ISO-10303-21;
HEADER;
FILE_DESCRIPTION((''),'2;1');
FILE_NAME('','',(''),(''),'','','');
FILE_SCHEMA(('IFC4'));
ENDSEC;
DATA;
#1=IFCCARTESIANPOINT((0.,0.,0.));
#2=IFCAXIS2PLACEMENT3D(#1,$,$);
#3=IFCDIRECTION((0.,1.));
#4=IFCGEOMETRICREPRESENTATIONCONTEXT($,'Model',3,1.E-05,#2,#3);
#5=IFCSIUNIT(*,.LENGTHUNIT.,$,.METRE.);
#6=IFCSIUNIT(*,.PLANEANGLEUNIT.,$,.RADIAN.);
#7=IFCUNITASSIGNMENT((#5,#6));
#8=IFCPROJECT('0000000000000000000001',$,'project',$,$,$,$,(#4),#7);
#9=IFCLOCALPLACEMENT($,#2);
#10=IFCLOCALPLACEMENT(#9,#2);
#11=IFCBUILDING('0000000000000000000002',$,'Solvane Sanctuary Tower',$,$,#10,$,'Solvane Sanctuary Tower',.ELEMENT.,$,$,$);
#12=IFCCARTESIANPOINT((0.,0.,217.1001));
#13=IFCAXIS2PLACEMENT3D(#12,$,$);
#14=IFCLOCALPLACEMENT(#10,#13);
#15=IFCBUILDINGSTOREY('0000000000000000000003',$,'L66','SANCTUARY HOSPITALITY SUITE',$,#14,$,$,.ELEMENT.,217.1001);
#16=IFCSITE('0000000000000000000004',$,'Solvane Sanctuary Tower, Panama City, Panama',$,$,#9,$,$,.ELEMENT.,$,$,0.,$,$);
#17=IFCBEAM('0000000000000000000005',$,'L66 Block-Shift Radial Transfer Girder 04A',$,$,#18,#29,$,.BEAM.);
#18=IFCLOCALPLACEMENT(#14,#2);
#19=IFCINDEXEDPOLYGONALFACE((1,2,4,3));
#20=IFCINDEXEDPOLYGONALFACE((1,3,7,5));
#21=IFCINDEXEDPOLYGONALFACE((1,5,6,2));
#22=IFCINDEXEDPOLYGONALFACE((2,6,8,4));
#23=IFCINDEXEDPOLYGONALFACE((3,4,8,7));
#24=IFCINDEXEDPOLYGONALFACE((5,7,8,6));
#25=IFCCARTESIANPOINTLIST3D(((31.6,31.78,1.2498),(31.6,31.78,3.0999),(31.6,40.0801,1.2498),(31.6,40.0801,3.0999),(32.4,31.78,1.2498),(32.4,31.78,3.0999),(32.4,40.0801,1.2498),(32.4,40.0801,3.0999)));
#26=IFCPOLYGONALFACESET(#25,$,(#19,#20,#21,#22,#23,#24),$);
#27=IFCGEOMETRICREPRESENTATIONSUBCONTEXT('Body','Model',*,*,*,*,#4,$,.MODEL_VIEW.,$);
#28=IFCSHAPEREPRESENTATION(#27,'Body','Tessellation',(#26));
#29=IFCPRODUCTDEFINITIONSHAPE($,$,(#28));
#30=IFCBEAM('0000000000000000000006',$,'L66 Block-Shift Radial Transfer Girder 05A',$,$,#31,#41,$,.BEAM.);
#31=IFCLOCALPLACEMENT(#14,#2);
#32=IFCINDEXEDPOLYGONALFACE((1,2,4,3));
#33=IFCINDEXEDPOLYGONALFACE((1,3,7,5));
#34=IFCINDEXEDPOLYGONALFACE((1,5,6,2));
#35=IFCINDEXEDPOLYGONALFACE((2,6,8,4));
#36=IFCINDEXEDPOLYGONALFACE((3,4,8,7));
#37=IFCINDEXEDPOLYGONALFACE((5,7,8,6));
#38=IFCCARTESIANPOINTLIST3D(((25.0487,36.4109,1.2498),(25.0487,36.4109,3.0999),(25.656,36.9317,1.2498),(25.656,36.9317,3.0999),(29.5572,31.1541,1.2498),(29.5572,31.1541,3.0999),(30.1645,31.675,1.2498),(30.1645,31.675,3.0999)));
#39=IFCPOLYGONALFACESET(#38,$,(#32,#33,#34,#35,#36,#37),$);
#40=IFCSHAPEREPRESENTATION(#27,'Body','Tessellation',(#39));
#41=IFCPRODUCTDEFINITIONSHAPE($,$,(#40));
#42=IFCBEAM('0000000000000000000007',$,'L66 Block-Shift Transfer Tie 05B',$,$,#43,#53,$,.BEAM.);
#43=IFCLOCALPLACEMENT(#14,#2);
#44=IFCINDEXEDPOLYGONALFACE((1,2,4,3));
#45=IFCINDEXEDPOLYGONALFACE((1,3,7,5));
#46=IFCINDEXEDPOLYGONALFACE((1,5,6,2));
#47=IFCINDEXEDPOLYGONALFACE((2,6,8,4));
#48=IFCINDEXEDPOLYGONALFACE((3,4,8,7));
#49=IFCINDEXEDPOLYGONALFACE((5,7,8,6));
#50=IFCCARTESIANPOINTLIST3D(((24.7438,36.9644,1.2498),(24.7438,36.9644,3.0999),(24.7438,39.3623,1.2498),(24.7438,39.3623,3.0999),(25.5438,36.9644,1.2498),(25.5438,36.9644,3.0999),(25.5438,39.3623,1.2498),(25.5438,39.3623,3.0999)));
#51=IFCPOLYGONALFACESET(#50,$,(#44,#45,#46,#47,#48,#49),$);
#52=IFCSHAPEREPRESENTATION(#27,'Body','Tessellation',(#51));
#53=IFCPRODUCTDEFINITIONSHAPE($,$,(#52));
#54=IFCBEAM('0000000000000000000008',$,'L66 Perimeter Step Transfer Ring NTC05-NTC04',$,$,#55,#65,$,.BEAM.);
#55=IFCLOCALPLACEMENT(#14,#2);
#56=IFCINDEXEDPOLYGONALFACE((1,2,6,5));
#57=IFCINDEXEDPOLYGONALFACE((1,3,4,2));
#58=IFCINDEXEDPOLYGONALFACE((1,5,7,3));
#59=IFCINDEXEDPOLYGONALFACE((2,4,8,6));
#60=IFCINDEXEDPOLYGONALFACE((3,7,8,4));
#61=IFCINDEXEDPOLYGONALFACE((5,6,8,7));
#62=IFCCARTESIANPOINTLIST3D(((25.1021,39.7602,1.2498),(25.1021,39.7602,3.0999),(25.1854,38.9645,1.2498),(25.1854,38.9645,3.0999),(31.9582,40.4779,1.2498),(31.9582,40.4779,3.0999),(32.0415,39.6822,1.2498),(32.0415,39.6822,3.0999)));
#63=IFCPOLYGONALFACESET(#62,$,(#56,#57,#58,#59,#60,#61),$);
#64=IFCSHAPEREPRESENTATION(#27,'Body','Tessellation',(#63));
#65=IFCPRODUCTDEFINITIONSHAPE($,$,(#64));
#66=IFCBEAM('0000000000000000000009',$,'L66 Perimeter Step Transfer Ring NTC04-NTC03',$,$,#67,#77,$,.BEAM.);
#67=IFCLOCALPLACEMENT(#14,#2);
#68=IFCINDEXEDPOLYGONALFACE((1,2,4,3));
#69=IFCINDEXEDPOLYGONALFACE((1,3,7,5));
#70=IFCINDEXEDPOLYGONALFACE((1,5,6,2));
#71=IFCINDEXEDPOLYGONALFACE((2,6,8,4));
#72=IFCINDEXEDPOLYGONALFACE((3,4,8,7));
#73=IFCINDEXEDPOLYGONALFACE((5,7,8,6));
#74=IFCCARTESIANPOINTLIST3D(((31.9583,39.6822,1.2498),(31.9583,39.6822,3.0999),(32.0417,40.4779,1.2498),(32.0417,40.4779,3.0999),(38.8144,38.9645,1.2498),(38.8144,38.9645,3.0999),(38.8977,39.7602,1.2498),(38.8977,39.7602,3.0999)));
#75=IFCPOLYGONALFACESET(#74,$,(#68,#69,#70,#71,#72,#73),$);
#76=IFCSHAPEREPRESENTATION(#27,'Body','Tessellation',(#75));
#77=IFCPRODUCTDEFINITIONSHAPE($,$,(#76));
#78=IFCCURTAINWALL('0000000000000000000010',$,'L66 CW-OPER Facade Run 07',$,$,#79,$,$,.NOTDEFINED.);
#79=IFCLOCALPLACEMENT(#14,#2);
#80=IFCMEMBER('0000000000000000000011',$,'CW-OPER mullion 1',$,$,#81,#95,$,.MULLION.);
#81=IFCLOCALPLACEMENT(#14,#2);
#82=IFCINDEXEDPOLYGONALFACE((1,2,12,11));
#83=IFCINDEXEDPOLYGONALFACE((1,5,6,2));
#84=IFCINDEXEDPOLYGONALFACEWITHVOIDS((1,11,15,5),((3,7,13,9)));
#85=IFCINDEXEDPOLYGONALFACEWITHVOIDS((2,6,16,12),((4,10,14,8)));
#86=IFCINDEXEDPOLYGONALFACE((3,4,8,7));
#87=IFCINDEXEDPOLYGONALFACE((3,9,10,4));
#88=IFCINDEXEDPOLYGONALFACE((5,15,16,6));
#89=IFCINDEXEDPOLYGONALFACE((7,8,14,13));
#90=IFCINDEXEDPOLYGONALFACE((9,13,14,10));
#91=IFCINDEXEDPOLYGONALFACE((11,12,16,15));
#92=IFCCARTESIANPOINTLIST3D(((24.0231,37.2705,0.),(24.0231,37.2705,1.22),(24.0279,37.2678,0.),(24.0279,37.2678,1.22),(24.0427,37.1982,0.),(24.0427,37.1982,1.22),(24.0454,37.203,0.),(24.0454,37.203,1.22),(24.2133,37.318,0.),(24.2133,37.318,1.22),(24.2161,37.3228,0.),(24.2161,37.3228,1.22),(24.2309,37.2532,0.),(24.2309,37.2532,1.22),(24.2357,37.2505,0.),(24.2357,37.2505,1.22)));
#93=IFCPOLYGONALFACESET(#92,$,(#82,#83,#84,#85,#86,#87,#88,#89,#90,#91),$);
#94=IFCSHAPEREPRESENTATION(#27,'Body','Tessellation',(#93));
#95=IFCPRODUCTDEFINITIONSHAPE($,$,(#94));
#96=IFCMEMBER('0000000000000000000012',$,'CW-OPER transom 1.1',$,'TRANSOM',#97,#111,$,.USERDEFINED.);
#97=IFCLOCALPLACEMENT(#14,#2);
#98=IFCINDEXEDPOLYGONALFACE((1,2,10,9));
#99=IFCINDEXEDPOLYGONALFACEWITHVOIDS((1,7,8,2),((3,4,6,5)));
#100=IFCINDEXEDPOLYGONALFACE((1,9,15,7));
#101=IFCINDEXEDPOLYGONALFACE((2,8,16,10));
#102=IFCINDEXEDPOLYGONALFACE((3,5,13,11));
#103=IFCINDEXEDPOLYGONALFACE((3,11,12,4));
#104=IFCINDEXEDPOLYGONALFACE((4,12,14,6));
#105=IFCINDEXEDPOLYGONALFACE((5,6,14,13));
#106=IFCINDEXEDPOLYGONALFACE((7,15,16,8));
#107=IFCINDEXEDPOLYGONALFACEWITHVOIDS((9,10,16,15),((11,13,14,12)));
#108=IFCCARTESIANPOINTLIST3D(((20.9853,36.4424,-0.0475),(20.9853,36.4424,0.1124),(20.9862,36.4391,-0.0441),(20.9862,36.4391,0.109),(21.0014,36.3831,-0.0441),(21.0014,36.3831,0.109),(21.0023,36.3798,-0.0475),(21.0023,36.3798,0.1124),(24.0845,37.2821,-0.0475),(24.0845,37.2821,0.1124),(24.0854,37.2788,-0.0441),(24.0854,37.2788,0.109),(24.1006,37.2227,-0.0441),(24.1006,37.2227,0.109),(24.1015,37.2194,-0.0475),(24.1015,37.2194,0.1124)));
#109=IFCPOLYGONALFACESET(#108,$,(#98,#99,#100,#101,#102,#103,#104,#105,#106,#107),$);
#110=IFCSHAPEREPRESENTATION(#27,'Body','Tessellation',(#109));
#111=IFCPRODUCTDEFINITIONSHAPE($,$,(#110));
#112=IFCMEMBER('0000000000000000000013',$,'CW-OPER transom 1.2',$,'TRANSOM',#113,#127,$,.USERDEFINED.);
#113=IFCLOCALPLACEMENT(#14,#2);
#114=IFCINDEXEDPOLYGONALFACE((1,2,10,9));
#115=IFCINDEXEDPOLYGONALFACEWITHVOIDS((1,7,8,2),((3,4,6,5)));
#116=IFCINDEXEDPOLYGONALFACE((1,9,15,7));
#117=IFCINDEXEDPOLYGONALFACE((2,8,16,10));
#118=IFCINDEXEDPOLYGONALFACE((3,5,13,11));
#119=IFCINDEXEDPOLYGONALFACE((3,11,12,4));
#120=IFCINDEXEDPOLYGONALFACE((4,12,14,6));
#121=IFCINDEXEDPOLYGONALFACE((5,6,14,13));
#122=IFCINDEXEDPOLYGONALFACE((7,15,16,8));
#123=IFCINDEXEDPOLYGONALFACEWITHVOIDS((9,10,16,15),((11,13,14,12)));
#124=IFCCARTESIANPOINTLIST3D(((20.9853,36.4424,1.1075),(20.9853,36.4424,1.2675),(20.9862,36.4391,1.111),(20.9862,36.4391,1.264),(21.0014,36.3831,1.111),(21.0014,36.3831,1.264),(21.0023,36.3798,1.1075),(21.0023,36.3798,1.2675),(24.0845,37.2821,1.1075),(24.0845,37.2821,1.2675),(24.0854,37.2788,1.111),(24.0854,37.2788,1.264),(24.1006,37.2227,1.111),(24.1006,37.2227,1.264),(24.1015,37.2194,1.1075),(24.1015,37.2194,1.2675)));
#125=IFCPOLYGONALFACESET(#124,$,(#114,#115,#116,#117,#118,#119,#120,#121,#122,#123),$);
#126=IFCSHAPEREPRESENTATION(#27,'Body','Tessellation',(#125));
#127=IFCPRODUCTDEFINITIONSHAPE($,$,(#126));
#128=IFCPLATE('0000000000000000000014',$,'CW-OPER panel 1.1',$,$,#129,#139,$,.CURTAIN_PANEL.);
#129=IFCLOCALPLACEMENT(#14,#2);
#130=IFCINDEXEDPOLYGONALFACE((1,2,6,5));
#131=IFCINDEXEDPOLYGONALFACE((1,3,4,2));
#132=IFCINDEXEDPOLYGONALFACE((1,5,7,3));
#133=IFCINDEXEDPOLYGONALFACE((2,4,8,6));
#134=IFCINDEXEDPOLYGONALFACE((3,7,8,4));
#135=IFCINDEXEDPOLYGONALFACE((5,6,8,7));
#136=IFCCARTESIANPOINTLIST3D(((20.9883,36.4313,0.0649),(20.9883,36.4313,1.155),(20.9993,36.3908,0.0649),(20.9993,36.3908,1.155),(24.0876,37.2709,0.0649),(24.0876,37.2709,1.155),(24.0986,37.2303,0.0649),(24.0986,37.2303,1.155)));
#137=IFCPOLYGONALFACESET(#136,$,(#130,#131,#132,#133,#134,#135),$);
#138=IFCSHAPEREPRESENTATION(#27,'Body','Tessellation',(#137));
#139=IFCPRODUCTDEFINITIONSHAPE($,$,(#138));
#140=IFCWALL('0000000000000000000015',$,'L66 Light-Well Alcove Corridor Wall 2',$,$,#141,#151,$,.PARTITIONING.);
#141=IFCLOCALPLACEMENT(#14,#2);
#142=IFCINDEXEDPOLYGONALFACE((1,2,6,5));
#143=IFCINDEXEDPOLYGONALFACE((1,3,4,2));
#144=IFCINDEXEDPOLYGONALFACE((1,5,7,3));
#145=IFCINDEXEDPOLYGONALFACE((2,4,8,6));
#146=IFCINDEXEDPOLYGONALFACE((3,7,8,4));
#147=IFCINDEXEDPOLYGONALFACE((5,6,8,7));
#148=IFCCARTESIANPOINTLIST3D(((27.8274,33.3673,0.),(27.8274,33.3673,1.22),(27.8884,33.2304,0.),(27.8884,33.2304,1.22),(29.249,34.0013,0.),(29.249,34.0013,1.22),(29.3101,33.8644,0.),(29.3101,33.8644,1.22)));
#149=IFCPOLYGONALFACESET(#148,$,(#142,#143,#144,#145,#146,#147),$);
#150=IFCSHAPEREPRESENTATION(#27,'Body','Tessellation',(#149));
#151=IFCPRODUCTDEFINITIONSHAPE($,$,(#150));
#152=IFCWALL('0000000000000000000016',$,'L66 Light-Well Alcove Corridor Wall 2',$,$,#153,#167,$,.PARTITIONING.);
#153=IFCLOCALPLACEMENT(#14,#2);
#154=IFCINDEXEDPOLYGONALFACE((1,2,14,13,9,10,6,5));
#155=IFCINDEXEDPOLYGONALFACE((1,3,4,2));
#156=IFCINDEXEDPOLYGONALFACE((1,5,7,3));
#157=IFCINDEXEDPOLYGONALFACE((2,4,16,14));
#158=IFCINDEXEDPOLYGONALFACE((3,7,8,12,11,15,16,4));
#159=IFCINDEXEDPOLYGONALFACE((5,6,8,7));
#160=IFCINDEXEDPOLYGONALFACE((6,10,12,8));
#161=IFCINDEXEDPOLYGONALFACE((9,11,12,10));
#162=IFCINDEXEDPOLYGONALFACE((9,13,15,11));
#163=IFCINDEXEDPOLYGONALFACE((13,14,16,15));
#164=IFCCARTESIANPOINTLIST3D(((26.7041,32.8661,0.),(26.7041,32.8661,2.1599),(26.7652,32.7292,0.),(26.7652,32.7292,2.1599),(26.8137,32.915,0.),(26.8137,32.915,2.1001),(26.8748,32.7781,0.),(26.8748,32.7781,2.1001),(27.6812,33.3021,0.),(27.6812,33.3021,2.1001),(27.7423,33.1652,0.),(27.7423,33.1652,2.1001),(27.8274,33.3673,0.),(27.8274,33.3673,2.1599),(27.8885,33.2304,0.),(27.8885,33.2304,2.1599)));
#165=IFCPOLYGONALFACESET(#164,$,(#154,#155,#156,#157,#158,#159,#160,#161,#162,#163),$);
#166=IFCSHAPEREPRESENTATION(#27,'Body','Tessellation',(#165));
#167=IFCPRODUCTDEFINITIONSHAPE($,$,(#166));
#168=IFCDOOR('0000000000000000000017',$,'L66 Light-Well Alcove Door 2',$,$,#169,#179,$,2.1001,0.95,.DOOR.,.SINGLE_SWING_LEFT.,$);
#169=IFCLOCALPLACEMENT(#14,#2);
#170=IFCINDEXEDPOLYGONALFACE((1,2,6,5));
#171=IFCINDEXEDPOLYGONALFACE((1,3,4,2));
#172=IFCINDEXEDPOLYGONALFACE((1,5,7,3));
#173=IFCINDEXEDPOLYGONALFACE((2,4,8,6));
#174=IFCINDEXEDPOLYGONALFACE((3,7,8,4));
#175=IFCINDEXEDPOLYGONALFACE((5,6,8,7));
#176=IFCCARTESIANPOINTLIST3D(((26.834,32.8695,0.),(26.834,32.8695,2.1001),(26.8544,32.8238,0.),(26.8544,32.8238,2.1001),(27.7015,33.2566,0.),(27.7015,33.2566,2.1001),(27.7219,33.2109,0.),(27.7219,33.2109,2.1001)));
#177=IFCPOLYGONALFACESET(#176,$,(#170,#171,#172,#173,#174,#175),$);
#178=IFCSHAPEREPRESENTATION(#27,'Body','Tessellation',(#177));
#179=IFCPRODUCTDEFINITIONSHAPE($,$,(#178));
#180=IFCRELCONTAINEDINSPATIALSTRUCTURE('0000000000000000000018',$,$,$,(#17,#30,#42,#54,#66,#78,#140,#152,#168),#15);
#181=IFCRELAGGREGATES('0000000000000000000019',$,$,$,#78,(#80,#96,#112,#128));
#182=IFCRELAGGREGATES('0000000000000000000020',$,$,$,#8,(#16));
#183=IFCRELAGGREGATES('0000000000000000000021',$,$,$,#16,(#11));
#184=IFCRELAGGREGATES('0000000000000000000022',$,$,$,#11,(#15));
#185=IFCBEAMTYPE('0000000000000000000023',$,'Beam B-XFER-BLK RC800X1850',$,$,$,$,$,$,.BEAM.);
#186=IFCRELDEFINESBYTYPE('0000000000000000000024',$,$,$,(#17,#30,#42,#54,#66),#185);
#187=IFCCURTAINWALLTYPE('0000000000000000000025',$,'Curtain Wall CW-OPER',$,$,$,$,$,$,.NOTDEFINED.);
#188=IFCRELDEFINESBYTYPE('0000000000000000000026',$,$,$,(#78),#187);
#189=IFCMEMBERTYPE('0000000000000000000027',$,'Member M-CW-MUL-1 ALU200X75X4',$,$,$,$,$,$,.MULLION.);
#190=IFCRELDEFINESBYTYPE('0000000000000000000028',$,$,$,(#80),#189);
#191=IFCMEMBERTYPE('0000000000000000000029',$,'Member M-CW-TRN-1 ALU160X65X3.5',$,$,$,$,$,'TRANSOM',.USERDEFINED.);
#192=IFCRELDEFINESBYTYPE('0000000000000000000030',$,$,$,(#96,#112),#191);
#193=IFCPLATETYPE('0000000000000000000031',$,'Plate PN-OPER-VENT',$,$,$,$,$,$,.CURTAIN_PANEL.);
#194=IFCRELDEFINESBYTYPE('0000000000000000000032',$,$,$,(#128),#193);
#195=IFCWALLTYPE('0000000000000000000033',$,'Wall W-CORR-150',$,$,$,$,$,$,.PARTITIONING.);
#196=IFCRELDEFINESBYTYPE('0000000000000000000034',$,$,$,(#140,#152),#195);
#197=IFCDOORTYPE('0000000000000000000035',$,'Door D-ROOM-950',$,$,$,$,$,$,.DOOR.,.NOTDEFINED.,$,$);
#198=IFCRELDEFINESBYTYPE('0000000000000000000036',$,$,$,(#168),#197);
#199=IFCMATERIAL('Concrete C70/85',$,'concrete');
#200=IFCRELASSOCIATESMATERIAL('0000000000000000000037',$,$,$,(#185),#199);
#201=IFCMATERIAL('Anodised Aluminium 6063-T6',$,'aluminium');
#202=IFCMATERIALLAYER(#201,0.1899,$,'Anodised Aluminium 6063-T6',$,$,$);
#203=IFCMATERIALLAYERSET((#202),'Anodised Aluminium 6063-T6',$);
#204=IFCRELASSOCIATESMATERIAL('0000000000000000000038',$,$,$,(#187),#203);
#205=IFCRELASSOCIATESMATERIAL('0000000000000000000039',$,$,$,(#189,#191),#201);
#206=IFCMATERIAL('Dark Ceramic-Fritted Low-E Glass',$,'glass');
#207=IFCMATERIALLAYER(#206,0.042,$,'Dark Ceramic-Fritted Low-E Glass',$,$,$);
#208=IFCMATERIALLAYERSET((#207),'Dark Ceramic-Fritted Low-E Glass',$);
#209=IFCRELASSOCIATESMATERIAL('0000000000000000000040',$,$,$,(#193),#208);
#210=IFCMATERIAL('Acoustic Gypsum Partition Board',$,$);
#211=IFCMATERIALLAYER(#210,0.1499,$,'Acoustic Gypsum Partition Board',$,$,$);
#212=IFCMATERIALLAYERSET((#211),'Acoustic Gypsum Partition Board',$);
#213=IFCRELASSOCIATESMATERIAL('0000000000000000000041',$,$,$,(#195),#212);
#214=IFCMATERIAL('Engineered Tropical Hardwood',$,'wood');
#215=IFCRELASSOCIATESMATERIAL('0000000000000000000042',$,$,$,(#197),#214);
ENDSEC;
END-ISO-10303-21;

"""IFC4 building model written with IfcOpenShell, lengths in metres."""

from ifc_helpers import new_model, si_unit, direction, frame, frame_2d, origin, origin_2d, place, context, subcontext, project, spatial, rectangle, hollow_rectangle, extrude, material, layer, layer_set, material_profile, profile_set, type_object, element, fill, aggregate, save


model = new_model("IFC4")

# Units and contexts
model_context = context("Model", 3, precision=1e-05, world=origin(), true_north=direction((0.0, 1.0)))
body_context = subcontext(model_context, "Body", "Model", "MODEL_VIEW")
ifc_project = project(units=[si_unit("LENGTHUNIT", "METRE"), si_unit("PLANEANGLEUNIT", "RADIAN")], contexts=[model_context])

# Site, building, storey
site_placement = place(None, origin())
site = spatial("IfcSite", under=ifc_project, at=site_placement, Name="Solvane Sanctuary Tower, Panama City, Panama", CompositionType="ELEMENT", RefElevation=0.0)
building_placement = place(site_placement, origin())
building = spatial("IfcBuilding", under=site, at=building_placement, Name="Solvane Sanctuary Tower", LongName="Solvane Sanctuary Tower", CompositionType="ELEMENT")
storey_placement = place(building_placement, frame((0.0, 0.0, 217.1001)))
storey = spatial("IfcBuildingStorey", under=building, at=storey_placement, Name="L66", Description="SANCTUARY HOSPITALITY SUITE", CompositionType="ELEMENT", Elevation=217.1001)

# Beams
ifc_material_1 = material(Name="Concrete C70/85", Category="concrete")
ifc_material_profile_1 = material_profile(ifc_material_1, rectangle(XDim=0.8, YDim=1.8501, at=origin_2d()), Name="RC800X1850")
ifc_profile_set_1 = profile_set([ifc_material_profile_1], Name="Concrete C70/85")
beam_type_1 = type_object("IfcBeamType", Name="Beam B-XFER-BLK RC800X1850", PredefinedType="BEAM", material=ifc_profile_set_1)
beam_1_placement = place(storey_placement, frame((32.0, 31.78, 2.1748), z_axis=(0.0, 1.0, 0.0), x_axis=(-1.0, 0.0, 0.0)))
element("IfcBeam", 1, at=beam_1_placement, inside=storey, type_object=beam_type_1, Name="L66 Block-Shift Radial Transfer Girder 04A", PredefinedType="BEAM", context=body_context, shape_type="SweptSolid", body=[
    extrude(rectangle(XDim=0.8, YDim=1.8501, at=origin_2d()), origin(), (0.0, 0.0, 1.0), 8.3),
])
beam_2_placement = place(storey_placement, frame((29.8608, 31.4146, 2.1748), z_axis=(-0.651015, 0.759065, 0.0), x_axis=(-0.759065, -0.651015, 0.0)))
element("IfcBeam", 2, at=beam_2_placement, inside=storey, type_object=beam_type_1, Name="L66 Block-Shift Radial Transfer Girder 05A", PredefinedType="BEAM", context=body_context, shape_type="SweptSolid", body=[
    extrude(rectangle(XDim=0.8, YDim=1.8501, at=origin_2d()), origin(), (0.0, 0.0, 1.0), 6.9253),
])
beam_3_placement = place(storey_placement, frame((25.1438, 36.9644, 2.1748), z_axis=(0.0, 1.0, 0.0), x_axis=(-1.0, 0.0, 0.0)))
element("IfcBeam", 3, at=beam_3_placement, inside=storey, type_object=beam_type_1, Name="L66 Block-Shift Transfer Tie 05B", PredefinedType="BEAM", context=body_context, shape_type="SweptSolid", body=[
    extrude(rectangle(XDim=0.8, YDim=1.8501, at=origin_2d()), origin(), (0.0, 0.0, 1.0), 2.3979),
])
for number, where, z_axis, x_axis, name in (
    (4, (25.1438, 39.3623, 2.1748), (0.994565, 0.104121, 0.0), (-0.104121, 0.994565, 0.0), "L66 Perimeter Step Transfer Ring NTC05-NTC04"),
    (5, (32.0, 40.0801, 2.1748), (0.994565, -0.104121, 0.0), (0.104121, 0.994565, 0.0), "L66 Perimeter Step Transfer Ring NTC04-NTC03"),
):
    element("IfcBeam", number, at=place(storey_placement, frame(where, z_axis=z_axis, x_axis=x_axis)), inside=storey, type_object=beam_type_1, Name=name, PredefinedType="BEAM", context=body_context, shape_type="SweptSolid", body=[
        extrude(rectangle(XDim=0.8, YDim=1.8501, at=origin_2d()), origin(), (0.0, 0.0, 1.0), 6.8936),
    ])

# Curtain wall, members, plate
ifc_material_2 = material(Name="Anodised Aluminium 6063-T6", Category="aluminium")
ifc_layer_1 = layer(ifc_material_2, 0.1899, Name="Anodised Aluminium 6063-T6")
ifc_layer_set_1 = layer_set([ifc_layer_1], Name="Anodised Aluminium 6063-T6")
curtain_wall_type = type_object("IfcCurtainWallType", Name="Curtain Wall CW-OPER", PredefinedType="NOTDEFINED", material=ifc_layer_set_1)
curtain_wall_placement = place(storey_placement, origin())
curtain_wall = element("IfcCurtainWall", 6, at=curtain_wall_placement, inside=storey, type_object=curtain_wall_type, Name="L66 CW-OPER Facade Run 07", PredefinedType="NOTDEFINED")
ifc_material_profile_2 = material_profile(ifc_material_2, hollow_rectangle(XDim=0.075, YDim=0.2, WallThickness=0.0039, at=origin_2d()), Name="ALU200X75X4")
ifc_profile_set_2 = profile_set([ifc_material_profile_2], Name="Anodised Aluminium 6063-T6")
member_type_1 = type_object("IfcMemberType", Name="Member M-CW-MUL-1 ALU200X75X4", PredefinedType="MULLION", material=ifc_profile_set_2)
member_1_placement = place(storey_placement, frame((24.1294, 37.2605, 0.0), z_axis=(0.0, 0.0, 1.0), x_axis=(0.261468, -0.965212, 0.0)))
member_1 = element("IfcMember", 7, at=member_1_placement, type_object=member_type_1, Name="CW-OPER mullion 1", PredefinedType="MULLION", context=body_context, shape_type="SweptSolid", body=[
    extrude(hollow_rectangle(XDim=0.075, YDim=0.2, WallThickness=0.0039, at=origin_2d()), origin(), (0.0, 0.0, 1.0), 1.22),
])
ifc_material_profile_3 = material_profile(ifc_material_2, hollow_rectangle(XDim=0.0649, YDim=0.1599, WallThickness=0.0034, at=origin_2d()), Name="ALU160X65X3.5")
ifc_profile_set_3 = profile_set([ifc_material_profile_3], Name="Anodised Aluminium 6063-T6")
member_type_2 = type_object("IfcMemberType", Name="Member M-CW-TRN-1 ALU160X65X3.5", ElementType="TRANSOM", PredefinedType="USERDEFINED", material=ifc_profile_set_3)
member_2_placement = place(storey_placement, frame((24.093, 37.2507, 0.0325), z_axis=(-0.965206, -0.261489, 0.0), x_axis=(0.261489, -0.965206, 0.0)))
member_2 = element("IfcMember", 8, at=member_2_placement, type_object=member_type_2, Name="CW-OPER transom 1.1", ObjectType="TRANSOM", PredefinedType="USERDEFINED", context=body_context, shape_type="SweptSolid", body=[
    extrude(hollow_rectangle(XDim=0.0649, YDim=0.1599, WallThickness=0.0034, at=origin_2d()), origin(), (0.0, 0.0, 1.0), 3.2109),
])
member_3_placement = place(storey_placement, frame((24.093, 37.2507, 1.1875), z_axis=(-0.965206, -0.261489, 0.0), x_axis=(0.261489, -0.965206, 0.0)))
member_3 = element("IfcMember", 9, at=member_3_placement, type_object=member_type_2, Name="CW-OPER transom 1.2", ObjectType="TRANSOM", PredefinedType="USERDEFINED", context=body_context, shape_type="SweptSolid", body=[
    extrude(hollow_rectangle(XDim=0.0649, YDim=0.1599, WallThickness=0.0034, at=origin_2d()), origin(), (0.0, 0.0, 1.0), 3.2109),
])
ifc_material_3 = material(Name="Dark Ceramic-Fritted Low-E Glass", Category="glass")
ifc_layer_2 = layer(ifc_material_3, 0.042, Name="Dark Ceramic-Fritted Low-E Glass")
ifc_layer_set_2 = layer_set([ifc_layer_2], Name="Dark Ceramic-Fritted Low-E Glass")
plate_type = type_object("IfcPlateType", Name="Plate PN-OPER-VENT", PredefinedType="CURTAIN_PANEL", material=ifc_layer_set_2)
plate_placement = place(storey_placement, frame((22.5435, 36.8308, 0.0649), z_axis=(0.0, 0.0, 1.0), x_axis=(-0.965212, -0.261468, 0.0)))
plate = element("IfcPlate", 10, at=plate_placement, type_object=plate_type, Name="CW-OPER panel 1.1", PredefinedType="CURTAIN_PANEL", context=body_context, shape_type="SweptSolid", body=[
    extrude(rectangle(XDim=3.2109, YDim=0.042, at=origin_2d()), origin(), (0.0, 0.0, 1.0), 1.0901),
])
aggregate(curtain_wall, [member_1, member_2, member_3, plate])

# Wall
ifc_material_4 = material(Name="Acoustic Gypsum Partition Board")
ifc_layer_3 = layer(ifc_material_4, 0.1499, Name="Acoustic Gypsum Partition Board")
ifc_layer_set_3 = layer_set([ifc_layer_3], Name="Acoustic Gypsum Partition Board")
wall_type_1 = type_object("IfcWallType", Name="Wall W-CORR-150", PredefinedType="PARTITIONING", material=ifc_layer_set_3)
wall_1_placement = place(storey_placement, frame((29.2795, 33.9329, 0.0), z_axis=(0.0, 0.0, 1.0), x_axis=(-0.913287, -0.407317, 0.0)))
element("IfcWall", 11, at=wall_1_placement, inside=storey, type_object=wall_type_1, Name="L66 Light-Well Alcove Corridor Wall 2", PredefinedType="PARTITIONING", context=body_context, shape_type="SweptSolid", body=[
    extrude(rectangle(XDim=1.5566, YDim=0.1499, at=frame_2d((0.7783, 0.0))), origin(), (0.0, 0.0, 1.0), 1.22),
])

# Wall, opening, door
wall_2_placement = place(storey_placement, frame((27.8579, 33.2988, 0.0), z_axis=(0.0, 0.0, 1.0), x_axis=(-0.913213, -0.407482, 0.0)))
wall_2 = element("IfcWall", 12, at=wall_2_placement, inside=storey, type_object=wall_type_1, Name="L66 Light-Well Alcove Corridor Wall 2", PredefinedType="PARTITIONING", context=body_context, shape_type="SweptSolid", body=[
    extrude(rectangle(XDim=1.23, YDim=0.1499, at=frame_2d((0.615, 0.0))), origin(), (0.0, 0.0, 1.0), 2.1599),
])
opening_1_placement = place(wall_2_placement, frame((0.1599, 0.0, 0.0)))
opening_1 = element("IfcOpeningElement", 13, at=opening_1_placement, cuts=wall_2, PredefinedType="OPENING", context=body_context, shape_type="SweptSolid", body=[
    extrude(rectangle(XDim=0.95, YDim=2.1001, at=frame_2d((0.4751, 1.05))), frame((0.0, 0.085, 0.0), z_axis=(0.0, -1.0, 0.0), x_axis=(1.0, 0.0, 0.0)), (0.0, 0.0, 1.0), 0.1699),
])
ifc_material_5 = material(Name="Engineered Tropical Hardwood", Category="wood")
door_type_1 = type_object("IfcDoorType", Name="Door D-ROOM-950", OperationType="NOTDEFINED", PredefinedType="DOOR", material=ifc_material_5)
door_1_placement = place(opening_1_placement, origin())
door_1 = element("IfcDoor", 14, at=door_1_placement, inside=storey, type_object=door_type_1, Name="L66 Light-Well Alcove Door 2", OperationType="SINGLE_SWING_LEFT", OverallHeight=2.1001, OverallWidth=0.95, PredefinedType="DOOR", context=body_context, shape_type="SweptSolid", body=[
    extrude(rectangle(XDim=0.95, YDim=2.1001, at=frame_2d((0.4751, 1.05))), frame((0.0, 0.0249, 0.0), z_axis=(0.0, -1.0, 0.0), x_axis=(1.0, 0.0, 0.0)), (0.0, 0.0, 1.0), 0.05),
])
fill(opening_1, door_1)

save(model, "model.ifc")
